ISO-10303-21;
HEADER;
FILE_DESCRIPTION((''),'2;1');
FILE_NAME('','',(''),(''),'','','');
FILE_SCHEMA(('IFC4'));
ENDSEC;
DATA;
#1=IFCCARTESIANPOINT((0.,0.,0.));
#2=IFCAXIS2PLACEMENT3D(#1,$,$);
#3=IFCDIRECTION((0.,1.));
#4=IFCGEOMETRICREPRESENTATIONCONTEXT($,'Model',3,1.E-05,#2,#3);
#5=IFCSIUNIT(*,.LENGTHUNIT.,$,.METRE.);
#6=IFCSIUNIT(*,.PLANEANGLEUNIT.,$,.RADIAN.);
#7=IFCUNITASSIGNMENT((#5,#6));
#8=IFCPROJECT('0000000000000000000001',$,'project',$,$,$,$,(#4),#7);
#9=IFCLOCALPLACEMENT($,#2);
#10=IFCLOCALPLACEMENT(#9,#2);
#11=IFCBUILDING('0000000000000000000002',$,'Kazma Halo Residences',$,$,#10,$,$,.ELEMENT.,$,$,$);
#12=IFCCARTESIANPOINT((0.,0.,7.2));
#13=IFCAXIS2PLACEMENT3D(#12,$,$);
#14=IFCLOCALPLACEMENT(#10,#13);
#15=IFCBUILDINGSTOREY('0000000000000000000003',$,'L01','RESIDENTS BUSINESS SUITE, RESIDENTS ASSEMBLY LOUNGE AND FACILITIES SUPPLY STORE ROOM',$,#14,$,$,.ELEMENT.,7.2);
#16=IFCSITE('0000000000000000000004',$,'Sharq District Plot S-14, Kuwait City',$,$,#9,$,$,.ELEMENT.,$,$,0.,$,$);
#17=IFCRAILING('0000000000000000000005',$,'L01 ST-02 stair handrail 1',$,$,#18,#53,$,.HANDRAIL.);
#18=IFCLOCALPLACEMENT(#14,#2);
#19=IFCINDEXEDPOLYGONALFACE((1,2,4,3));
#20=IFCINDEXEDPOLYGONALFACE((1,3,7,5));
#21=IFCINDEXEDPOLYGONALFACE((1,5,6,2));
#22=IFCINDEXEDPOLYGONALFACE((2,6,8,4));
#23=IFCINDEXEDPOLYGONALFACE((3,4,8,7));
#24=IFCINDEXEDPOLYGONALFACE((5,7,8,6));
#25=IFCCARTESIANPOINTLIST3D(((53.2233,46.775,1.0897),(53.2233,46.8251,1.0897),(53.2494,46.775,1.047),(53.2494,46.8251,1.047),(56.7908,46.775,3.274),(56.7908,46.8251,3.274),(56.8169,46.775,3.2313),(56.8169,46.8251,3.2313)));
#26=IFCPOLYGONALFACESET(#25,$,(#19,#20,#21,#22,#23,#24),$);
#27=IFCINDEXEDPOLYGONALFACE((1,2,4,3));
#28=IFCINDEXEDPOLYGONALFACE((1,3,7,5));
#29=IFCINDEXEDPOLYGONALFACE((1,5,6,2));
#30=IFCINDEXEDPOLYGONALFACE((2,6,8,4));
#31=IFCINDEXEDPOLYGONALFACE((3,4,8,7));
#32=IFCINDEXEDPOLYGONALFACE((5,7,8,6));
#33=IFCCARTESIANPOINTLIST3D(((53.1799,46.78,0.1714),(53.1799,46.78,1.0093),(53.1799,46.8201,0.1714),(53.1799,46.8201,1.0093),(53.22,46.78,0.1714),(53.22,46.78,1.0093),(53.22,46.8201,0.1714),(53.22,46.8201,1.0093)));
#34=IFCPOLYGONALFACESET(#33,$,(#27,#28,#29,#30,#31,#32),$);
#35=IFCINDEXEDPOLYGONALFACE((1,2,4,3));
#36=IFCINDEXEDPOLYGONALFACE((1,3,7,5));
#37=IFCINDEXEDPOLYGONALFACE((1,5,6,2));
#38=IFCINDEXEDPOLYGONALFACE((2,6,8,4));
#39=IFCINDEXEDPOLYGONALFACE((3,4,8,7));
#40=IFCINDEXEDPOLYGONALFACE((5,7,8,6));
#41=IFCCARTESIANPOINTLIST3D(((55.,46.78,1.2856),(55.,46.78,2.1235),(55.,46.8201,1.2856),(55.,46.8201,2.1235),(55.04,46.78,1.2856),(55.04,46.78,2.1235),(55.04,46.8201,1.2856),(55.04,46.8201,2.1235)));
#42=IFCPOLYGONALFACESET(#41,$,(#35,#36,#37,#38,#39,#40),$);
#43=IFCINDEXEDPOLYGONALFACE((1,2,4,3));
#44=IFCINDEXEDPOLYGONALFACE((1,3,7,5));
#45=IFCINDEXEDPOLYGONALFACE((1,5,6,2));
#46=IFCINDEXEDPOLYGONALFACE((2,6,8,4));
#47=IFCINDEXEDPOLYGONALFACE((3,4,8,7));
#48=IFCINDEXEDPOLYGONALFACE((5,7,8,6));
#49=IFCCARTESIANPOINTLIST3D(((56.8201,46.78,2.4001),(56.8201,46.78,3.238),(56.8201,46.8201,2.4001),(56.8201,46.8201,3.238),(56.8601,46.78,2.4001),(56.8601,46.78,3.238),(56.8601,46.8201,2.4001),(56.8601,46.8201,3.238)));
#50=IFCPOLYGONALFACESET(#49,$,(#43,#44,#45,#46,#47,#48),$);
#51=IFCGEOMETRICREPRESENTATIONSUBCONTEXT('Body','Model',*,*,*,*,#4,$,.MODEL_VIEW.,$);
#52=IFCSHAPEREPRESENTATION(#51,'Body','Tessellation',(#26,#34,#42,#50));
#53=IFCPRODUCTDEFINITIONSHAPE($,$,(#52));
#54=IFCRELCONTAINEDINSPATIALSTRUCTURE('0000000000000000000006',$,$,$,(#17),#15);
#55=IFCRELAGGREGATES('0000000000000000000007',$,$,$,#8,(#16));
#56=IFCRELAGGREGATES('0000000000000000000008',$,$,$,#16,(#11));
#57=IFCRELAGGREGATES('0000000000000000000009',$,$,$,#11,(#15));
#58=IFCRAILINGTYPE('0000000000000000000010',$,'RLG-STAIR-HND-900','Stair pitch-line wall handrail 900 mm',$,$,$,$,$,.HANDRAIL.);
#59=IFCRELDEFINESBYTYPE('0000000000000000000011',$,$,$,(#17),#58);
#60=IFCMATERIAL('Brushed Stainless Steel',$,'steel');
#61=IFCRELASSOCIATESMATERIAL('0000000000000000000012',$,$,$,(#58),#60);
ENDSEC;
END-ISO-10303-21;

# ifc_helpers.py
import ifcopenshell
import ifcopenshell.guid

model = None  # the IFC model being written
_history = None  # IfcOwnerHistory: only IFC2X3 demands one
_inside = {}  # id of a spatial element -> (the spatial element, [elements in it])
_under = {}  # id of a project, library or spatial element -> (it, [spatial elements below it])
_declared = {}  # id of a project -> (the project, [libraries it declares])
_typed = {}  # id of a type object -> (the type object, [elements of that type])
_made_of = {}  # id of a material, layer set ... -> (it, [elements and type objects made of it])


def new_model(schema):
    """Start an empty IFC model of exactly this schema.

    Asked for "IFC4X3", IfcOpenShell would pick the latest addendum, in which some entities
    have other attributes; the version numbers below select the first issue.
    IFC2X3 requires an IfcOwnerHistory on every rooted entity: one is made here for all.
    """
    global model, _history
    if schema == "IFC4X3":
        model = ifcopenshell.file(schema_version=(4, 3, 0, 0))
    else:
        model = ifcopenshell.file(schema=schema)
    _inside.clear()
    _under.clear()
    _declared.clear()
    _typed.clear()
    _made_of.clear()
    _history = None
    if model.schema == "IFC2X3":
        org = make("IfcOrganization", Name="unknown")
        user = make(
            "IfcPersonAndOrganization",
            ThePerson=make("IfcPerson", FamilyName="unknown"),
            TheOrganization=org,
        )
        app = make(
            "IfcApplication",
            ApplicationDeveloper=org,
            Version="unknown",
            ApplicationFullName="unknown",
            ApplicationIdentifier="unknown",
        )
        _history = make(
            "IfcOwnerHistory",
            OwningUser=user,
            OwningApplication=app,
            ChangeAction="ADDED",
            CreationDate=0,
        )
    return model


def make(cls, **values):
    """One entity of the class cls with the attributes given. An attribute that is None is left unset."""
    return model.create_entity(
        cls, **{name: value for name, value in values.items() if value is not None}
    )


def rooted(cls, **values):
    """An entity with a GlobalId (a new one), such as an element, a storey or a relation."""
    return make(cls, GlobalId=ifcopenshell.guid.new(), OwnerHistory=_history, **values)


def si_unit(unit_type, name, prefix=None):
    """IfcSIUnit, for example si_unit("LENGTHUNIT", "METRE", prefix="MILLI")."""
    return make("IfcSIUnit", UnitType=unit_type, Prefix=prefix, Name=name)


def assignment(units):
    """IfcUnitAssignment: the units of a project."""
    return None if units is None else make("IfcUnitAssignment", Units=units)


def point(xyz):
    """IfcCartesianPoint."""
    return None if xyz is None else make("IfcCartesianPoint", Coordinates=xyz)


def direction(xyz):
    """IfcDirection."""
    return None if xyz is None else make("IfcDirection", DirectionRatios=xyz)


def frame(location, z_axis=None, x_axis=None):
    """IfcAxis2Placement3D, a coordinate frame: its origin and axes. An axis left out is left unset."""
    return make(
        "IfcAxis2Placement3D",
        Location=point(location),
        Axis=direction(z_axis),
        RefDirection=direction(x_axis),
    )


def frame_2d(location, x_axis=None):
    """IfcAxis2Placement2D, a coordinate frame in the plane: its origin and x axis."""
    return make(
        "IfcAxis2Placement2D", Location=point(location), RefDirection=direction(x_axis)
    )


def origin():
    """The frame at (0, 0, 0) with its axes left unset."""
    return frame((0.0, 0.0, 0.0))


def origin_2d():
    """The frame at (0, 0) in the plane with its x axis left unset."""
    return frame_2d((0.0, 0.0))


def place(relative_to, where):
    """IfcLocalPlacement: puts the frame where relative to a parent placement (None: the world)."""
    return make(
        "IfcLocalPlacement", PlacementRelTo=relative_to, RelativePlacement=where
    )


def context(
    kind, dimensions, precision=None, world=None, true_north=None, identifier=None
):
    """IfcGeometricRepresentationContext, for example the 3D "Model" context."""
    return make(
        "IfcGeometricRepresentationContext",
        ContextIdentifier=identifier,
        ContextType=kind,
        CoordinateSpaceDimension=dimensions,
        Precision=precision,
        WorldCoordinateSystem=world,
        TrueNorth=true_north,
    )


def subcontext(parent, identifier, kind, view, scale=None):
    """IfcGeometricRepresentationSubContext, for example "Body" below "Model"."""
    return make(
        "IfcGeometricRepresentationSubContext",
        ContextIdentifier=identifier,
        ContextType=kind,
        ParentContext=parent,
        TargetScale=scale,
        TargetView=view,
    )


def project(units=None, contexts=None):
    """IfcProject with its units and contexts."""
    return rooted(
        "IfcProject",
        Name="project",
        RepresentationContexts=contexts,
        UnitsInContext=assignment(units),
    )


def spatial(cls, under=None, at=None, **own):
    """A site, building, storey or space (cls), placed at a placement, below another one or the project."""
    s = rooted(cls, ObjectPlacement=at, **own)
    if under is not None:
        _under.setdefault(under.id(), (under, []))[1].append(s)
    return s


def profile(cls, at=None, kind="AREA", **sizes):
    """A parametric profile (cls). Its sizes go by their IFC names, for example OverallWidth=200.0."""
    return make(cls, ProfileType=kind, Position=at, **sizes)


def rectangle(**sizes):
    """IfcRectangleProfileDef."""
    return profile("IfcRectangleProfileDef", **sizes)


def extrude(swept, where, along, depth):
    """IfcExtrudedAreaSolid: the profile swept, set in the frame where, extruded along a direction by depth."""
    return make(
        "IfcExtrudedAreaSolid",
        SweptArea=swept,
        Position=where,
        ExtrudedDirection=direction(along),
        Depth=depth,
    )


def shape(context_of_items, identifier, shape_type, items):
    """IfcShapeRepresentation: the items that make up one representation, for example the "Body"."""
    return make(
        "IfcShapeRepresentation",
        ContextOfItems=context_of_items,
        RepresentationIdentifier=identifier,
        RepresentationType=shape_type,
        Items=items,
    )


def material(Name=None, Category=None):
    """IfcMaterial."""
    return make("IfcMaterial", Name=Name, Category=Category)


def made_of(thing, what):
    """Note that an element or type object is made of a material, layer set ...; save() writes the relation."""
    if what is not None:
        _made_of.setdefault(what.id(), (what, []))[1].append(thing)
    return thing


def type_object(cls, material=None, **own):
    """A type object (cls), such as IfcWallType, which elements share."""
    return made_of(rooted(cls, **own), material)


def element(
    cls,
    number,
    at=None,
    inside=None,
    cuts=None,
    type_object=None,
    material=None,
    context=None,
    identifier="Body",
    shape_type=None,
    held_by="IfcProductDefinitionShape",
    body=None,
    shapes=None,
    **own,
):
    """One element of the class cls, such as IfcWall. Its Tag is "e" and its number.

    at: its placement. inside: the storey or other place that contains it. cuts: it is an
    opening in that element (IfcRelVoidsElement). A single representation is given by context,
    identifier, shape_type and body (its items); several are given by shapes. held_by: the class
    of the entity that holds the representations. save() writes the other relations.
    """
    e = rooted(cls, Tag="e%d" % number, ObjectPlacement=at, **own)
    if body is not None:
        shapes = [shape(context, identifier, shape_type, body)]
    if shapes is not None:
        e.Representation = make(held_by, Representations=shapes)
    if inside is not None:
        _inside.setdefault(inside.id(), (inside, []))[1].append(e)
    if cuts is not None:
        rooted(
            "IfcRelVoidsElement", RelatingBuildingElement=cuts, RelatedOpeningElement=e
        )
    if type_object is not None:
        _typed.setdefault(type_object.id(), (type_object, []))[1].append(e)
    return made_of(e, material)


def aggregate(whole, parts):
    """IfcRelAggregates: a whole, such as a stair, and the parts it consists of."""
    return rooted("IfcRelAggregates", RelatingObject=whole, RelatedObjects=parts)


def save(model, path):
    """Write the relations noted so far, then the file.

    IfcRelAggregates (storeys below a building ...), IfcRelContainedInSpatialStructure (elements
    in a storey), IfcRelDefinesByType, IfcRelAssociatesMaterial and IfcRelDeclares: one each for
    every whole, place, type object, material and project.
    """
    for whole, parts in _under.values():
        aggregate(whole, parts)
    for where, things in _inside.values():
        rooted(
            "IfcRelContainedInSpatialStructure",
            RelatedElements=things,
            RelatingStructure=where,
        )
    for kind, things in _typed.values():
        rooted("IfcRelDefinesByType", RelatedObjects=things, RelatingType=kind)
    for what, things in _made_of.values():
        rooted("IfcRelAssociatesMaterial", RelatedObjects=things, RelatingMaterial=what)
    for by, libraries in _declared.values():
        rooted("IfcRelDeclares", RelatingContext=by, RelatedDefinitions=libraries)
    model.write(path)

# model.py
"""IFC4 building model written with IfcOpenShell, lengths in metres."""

from ifc_helpers import new_model, si_unit, direction, frame, origin, origin_2d, place, context, subcontext, project, spatial, rectangle, extrude, material, type_object, element, save


model = new_model("IFC4")

# Units and contexts
model_context = context("Model", 3, precision=1e-05, world=origin(), true_north=direction((0.0, 1.0)))
body_context = subcontext(model_context, "Body", "Model", "MODEL_VIEW")
ifc_project = project(units=[si_unit("LENGTHUNIT", "METRE"), si_unit("PLANEANGLEUNIT", "RADIAN")], contexts=[model_context])

# Site, building, storey
site_placement = place(None, origin())
site = spatial("IfcSite", under=ifc_project, at=site_placement, Name="Sharq District Plot S-14, Kuwait City", CompositionType="ELEMENT", RefElevation=0.0)
building_placement = place(site_placement, origin())
building = spatial("IfcBuilding", under=site, at=building_placement, Name="Kazma Halo Residences", CompositionType="ELEMENT")
storey_placement = place(building_placement, frame((0.0, 0.0, 7.2)))
storey = spatial("IfcBuildingStorey", under=building, at=storey_placement, Name="L01", Description="RESIDENTS BUSINESS SUITE, RESIDENTS ASSEMBLY LOUNGE AND FACILITIES SUPPLY STORE ROOM", CompositionType="ELEMENT", Elevation=7.2)

# Railing
ifc_material_1 = material(Name="Brushed Stainless Steel", Category="steel")
railing_type_1 = type_object("IfcRailingType", Name="RLG-STAIR-HND-900", Description="Stair pitch-line wall handrail 900 mm", PredefinedType="HANDRAIL", material=ifc_material_1)
railing_1_placement = place(storey_placement, frame((53.2, 46.8, 0.1714)))
element("IfcRailing", 1, at=railing_1_placement, inside=storey, type_object=railing_type_1, Name="L01 ST-02 stair handrail 1", PredefinedType="HANDRAIL", context=body_context, shape_type="SweptSolid", body=[
    extrude(rectangle(XDim=0.05, YDim=0.05, at=origin_2d()), frame((0.0364, 0.0, 0.897), z_axis=(0.85284, 0.0, 0.522172), x_axis=(0.0, 1.0, 0.0)), (0.0, 0.0, 1.0), 4.1831),
    extrude(rectangle(XDim=0.04, YDim=0.04, at=origin_2d()), origin(), (0.0, 0.0, 1.0), 0.8379),
    extrude(rectangle(XDim=0.04, YDim=0.04, at=origin_2d()), frame((1.8201, 0.0, 1.1143)), (0.0, 0.0, 1.0), 0.8379),
    extrude(rectangle(XDim=0.04, YDim=0.04, at=origin_2d()), frame((3.6401, 0.0, 2.2288)), (0.0, 0.0, 1.0), 0.8379),
])

save(model, "model.ifc")
